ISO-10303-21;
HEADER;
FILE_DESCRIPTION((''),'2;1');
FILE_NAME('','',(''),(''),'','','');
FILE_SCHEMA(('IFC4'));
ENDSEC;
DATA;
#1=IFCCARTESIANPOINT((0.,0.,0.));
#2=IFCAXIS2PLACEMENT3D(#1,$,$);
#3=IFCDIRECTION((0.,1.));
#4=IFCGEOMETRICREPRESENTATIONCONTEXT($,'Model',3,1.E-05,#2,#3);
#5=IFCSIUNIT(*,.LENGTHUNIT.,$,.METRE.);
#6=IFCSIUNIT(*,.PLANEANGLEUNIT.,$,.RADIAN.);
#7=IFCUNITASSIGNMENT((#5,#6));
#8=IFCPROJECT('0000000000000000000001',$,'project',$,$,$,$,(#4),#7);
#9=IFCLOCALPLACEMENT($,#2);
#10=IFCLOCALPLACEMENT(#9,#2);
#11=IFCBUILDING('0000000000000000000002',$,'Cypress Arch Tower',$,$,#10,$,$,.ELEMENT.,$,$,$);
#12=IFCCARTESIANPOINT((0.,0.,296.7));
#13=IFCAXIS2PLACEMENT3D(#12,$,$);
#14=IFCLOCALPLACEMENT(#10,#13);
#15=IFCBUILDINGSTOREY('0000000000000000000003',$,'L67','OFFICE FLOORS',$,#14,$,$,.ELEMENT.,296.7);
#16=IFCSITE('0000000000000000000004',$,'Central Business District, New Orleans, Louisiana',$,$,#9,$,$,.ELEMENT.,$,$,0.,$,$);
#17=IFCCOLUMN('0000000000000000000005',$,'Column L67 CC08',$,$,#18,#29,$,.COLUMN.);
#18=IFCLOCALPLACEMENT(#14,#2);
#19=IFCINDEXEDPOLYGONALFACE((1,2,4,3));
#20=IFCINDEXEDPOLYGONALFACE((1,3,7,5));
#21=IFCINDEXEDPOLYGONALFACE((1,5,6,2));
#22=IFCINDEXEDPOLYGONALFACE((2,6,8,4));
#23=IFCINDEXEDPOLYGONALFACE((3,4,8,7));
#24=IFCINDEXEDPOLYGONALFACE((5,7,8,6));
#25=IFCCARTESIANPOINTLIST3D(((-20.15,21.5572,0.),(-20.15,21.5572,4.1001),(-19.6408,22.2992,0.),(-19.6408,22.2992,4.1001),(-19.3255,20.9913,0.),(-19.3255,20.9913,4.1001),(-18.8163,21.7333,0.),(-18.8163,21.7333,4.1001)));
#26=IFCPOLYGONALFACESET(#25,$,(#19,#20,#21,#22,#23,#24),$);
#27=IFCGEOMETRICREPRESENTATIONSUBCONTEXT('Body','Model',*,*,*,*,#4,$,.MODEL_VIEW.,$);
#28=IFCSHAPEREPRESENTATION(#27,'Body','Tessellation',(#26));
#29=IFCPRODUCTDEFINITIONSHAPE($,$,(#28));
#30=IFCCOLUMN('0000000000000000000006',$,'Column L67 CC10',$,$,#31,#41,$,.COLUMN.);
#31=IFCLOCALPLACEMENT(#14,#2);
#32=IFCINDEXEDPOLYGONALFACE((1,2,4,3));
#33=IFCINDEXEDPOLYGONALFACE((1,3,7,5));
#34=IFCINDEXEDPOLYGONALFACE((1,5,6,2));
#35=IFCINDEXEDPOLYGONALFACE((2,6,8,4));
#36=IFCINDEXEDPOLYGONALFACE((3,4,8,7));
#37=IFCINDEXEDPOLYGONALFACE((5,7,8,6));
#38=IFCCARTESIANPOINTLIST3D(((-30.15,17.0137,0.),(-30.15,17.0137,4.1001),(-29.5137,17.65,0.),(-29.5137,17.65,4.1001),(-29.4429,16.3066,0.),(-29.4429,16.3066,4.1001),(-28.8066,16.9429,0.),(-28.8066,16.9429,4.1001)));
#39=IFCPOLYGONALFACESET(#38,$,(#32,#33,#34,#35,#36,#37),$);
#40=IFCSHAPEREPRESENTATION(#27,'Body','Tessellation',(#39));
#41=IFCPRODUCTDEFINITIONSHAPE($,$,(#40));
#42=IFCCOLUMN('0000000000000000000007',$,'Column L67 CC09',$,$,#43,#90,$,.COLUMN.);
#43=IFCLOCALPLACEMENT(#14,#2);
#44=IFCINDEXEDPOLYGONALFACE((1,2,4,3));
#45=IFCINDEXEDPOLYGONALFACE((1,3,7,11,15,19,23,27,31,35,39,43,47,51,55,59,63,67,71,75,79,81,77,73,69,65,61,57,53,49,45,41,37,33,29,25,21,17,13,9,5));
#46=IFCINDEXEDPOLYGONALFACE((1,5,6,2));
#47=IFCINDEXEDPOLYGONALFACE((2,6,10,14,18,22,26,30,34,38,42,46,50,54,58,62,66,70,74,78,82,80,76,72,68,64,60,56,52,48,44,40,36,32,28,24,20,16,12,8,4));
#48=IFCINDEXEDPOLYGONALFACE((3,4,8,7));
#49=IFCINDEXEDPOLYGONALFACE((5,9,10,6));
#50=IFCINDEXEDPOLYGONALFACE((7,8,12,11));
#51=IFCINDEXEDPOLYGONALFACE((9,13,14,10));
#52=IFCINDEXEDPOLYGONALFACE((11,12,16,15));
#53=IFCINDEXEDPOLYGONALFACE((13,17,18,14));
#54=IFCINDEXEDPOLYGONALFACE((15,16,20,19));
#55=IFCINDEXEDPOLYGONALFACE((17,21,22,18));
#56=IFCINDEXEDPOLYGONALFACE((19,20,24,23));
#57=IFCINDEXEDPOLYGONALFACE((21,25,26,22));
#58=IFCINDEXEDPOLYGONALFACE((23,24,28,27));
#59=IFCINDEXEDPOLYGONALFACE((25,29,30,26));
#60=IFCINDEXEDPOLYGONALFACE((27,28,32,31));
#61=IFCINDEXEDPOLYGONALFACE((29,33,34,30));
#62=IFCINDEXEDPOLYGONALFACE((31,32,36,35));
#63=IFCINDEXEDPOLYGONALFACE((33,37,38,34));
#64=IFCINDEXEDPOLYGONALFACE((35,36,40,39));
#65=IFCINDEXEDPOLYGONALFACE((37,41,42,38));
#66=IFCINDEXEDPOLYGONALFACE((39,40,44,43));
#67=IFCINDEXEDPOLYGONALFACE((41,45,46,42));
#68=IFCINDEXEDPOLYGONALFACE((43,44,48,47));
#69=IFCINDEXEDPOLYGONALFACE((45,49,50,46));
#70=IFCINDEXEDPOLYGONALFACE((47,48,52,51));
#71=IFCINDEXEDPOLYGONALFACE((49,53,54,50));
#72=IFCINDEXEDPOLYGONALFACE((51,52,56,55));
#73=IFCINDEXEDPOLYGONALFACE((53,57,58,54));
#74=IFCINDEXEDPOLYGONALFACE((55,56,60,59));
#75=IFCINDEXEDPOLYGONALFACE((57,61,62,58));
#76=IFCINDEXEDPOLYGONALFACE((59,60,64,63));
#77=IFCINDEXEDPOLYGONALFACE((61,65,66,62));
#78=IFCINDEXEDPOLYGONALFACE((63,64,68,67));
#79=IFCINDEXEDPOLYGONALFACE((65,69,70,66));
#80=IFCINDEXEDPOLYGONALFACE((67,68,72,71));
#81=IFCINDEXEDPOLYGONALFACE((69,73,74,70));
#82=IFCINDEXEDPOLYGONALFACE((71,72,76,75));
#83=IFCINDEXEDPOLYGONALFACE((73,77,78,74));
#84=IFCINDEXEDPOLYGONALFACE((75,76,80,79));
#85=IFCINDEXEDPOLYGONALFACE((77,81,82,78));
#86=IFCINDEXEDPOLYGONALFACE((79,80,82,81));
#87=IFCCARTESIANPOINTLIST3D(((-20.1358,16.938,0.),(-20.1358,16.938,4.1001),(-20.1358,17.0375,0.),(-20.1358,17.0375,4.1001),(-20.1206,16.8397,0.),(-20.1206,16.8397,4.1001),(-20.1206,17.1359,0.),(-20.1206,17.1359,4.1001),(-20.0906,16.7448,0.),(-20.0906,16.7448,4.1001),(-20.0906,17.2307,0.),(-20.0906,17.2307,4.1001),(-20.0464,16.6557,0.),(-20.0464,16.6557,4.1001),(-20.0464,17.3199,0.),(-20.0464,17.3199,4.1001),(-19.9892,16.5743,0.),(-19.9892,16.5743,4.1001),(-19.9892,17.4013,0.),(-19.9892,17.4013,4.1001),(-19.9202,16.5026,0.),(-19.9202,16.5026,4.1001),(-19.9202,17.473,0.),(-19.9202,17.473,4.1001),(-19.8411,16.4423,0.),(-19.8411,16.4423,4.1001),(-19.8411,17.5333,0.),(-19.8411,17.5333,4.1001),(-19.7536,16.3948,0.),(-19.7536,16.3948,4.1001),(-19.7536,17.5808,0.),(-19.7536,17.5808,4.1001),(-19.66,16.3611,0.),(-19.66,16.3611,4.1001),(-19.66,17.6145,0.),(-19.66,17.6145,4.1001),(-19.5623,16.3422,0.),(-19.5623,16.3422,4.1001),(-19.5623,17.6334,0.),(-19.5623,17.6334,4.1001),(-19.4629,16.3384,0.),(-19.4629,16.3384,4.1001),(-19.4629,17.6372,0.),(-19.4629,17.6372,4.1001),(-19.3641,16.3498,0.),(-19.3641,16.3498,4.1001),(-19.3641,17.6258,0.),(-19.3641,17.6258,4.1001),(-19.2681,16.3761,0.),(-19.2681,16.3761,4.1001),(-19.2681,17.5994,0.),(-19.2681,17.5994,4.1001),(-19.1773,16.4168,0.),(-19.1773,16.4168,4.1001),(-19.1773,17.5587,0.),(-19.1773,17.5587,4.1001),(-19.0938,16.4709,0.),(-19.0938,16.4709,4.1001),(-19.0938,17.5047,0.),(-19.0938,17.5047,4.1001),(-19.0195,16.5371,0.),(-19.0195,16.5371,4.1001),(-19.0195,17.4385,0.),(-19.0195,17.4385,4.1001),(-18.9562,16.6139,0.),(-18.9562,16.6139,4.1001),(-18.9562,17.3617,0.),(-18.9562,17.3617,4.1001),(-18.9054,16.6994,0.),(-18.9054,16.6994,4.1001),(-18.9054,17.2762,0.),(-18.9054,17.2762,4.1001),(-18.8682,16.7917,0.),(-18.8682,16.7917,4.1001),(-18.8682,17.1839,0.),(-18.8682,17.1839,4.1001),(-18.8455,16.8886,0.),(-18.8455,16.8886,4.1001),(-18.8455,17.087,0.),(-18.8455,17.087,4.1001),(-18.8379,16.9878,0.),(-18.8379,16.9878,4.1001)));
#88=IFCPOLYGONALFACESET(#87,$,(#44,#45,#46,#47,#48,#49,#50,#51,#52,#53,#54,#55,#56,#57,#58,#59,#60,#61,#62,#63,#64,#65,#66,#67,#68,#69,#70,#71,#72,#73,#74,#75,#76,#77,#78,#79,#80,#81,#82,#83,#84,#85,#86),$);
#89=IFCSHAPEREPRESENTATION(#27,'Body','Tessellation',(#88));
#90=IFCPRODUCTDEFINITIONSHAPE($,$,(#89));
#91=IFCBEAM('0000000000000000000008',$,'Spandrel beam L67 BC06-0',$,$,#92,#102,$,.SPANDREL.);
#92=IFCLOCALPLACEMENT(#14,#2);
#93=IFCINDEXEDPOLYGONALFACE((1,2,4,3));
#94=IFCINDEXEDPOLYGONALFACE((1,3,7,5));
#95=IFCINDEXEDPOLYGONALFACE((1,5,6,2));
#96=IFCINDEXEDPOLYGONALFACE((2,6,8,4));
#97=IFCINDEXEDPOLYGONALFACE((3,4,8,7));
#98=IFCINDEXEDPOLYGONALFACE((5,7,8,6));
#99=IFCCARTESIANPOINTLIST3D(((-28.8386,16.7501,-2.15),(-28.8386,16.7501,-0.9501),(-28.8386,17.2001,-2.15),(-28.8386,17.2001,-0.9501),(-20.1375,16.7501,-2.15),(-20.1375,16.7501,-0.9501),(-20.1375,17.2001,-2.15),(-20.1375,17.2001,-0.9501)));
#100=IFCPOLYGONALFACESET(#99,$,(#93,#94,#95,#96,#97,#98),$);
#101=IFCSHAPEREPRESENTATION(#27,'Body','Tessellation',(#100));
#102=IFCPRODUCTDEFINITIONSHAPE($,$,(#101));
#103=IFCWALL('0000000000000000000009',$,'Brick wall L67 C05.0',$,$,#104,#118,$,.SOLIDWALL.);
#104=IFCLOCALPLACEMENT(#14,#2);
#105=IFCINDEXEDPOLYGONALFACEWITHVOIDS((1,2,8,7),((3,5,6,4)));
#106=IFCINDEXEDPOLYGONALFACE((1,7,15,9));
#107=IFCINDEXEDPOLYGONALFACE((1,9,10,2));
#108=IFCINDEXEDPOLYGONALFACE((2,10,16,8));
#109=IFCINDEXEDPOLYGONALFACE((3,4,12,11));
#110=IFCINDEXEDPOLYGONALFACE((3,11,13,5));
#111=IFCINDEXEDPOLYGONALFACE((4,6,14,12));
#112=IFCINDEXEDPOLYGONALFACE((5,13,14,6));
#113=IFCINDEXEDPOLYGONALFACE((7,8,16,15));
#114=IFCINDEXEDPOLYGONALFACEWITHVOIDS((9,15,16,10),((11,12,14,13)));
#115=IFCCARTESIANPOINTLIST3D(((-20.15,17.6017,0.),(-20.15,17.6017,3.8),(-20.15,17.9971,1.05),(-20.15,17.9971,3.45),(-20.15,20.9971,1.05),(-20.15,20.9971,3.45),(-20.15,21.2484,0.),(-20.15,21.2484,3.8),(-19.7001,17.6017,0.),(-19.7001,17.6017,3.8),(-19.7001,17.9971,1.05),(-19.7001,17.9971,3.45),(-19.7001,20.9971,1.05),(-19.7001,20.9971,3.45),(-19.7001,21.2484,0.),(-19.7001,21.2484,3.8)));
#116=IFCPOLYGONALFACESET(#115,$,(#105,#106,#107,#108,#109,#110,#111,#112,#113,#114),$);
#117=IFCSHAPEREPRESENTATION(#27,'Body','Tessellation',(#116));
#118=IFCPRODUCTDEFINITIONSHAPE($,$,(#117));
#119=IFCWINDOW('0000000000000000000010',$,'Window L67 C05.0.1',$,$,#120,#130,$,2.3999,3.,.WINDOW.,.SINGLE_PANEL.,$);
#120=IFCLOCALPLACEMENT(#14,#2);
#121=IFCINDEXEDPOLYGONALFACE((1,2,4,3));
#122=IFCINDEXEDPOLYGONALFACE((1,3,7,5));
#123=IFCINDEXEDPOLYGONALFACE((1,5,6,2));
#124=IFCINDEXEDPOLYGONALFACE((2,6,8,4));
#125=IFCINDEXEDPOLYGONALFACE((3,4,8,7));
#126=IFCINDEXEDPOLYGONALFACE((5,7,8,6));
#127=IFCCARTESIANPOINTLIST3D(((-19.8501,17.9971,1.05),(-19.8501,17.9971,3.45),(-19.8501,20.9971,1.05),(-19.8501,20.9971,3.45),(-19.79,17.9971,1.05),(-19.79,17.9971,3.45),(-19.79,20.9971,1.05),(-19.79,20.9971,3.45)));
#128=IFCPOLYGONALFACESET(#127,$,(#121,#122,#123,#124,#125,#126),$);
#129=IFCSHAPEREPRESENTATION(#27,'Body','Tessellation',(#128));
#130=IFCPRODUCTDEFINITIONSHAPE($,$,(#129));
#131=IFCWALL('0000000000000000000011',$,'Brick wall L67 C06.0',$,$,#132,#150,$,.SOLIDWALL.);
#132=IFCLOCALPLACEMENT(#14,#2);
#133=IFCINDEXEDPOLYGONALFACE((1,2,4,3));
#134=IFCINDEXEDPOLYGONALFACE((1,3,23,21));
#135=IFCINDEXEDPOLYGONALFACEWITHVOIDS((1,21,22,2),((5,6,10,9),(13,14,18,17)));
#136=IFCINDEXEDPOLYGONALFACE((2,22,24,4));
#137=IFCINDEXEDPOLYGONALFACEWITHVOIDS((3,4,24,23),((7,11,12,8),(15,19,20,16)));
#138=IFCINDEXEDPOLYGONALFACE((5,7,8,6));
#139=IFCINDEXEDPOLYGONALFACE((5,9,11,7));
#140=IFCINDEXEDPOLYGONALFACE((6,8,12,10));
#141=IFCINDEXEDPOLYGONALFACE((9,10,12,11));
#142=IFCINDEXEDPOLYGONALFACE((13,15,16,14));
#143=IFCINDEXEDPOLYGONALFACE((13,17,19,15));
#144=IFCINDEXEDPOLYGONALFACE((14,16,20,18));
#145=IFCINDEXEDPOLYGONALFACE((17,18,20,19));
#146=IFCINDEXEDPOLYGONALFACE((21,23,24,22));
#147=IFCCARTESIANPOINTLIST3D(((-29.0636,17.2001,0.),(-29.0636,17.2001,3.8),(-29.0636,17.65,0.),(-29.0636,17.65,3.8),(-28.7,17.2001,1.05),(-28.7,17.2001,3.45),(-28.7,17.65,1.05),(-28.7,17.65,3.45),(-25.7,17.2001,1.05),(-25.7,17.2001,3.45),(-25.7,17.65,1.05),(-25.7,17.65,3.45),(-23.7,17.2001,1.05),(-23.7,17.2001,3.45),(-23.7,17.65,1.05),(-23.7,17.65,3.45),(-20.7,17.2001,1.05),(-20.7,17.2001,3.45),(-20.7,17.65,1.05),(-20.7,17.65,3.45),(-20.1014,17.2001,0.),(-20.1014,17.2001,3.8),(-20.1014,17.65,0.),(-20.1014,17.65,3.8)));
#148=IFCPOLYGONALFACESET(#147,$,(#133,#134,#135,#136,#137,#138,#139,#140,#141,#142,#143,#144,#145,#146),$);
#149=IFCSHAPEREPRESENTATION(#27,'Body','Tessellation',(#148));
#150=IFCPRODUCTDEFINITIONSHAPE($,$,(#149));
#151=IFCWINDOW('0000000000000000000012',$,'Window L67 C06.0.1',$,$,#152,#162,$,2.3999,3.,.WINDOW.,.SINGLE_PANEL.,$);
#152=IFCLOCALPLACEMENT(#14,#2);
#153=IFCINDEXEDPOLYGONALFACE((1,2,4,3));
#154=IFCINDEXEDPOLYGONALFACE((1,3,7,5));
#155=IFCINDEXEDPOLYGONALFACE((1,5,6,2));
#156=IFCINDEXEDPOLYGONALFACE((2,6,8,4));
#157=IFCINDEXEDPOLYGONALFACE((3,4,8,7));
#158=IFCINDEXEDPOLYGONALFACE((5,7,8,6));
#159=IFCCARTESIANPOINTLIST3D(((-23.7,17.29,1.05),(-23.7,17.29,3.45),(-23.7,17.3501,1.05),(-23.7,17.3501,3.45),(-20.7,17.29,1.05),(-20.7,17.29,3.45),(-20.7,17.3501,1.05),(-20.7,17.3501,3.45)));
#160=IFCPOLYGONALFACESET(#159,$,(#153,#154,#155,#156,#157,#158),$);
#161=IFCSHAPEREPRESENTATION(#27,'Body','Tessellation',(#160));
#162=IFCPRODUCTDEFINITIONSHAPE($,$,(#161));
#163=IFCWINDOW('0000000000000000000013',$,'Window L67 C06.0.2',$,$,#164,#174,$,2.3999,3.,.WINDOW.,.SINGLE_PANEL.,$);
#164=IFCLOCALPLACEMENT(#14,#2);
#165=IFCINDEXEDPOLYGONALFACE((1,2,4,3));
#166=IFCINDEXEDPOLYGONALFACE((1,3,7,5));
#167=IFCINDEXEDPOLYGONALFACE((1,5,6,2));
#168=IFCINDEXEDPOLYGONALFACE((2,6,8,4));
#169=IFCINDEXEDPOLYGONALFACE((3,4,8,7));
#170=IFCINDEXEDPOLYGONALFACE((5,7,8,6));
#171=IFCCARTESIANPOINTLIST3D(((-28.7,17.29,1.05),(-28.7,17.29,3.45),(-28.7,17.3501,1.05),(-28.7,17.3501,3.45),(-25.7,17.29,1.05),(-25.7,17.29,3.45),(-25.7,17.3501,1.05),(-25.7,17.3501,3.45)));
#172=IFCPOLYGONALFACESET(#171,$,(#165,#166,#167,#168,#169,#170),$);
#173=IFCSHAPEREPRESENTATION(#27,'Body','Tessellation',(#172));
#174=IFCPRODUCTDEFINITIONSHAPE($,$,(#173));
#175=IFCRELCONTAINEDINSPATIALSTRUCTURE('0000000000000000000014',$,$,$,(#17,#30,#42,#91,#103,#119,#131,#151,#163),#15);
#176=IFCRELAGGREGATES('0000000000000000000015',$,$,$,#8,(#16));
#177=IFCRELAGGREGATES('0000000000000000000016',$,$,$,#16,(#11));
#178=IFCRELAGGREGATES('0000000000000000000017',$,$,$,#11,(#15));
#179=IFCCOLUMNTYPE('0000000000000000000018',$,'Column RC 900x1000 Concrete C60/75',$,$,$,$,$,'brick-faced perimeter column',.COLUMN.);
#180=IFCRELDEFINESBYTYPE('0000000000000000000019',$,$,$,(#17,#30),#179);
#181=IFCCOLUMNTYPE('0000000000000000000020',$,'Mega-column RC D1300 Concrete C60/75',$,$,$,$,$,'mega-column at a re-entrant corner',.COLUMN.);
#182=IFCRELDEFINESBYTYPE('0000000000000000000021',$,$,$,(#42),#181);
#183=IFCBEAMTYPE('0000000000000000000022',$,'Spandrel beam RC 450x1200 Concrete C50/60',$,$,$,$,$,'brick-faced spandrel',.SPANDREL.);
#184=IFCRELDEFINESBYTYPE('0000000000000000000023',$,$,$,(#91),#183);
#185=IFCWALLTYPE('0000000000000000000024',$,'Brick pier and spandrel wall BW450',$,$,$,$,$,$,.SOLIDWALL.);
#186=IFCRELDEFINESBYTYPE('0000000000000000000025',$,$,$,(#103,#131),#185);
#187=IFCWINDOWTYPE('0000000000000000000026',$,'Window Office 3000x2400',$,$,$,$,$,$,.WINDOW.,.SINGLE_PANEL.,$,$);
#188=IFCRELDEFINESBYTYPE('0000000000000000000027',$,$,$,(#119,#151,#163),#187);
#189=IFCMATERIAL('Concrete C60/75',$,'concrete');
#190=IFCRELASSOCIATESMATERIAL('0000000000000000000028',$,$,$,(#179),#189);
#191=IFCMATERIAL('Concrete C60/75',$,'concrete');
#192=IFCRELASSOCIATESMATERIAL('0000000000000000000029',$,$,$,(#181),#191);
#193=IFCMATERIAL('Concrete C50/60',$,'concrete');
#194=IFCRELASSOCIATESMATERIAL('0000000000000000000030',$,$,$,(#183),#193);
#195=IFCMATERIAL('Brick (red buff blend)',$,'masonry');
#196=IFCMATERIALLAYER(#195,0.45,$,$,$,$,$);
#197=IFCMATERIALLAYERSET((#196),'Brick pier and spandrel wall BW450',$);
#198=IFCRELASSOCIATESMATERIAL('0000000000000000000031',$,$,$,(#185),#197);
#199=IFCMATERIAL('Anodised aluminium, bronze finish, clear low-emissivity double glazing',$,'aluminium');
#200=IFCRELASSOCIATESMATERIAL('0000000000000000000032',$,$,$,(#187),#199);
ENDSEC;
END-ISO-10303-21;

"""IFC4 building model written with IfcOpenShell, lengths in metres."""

from ifc_helpers import new_model, si_unit, direction, frame, frame_2d, origin, origin_2d, place, context, subcontext, project, spatial, rectangle, circle, extrude, material, layer, layer_set, material_profile, profile_set, type_object, element, fill, save


model = new_model("IFC4")

# Units and contexts
model_context = context("Model", 3, precision=1e-05, world=origin(), true_north=direction((0.0, 1.0)))
body_context = subcontext(model_context, "Body", "Model", "MODEL_VIEW")
ifc_project = project(units=[si_unit("LENGTHUNIT", "METRE"), si_unit("PLANEANGLEUNIT", "RADIAN")], contexts=[model_context])

# Site, building, storey
site_placement = place(None, origin())
site = spatial("IfcSite", under=ifc_project, at=site_placement, Name="Central Business District, New Orleans, Louisiana", CompositionType="ELEMENT", RefElevation=0.0)
building_placement = place(site_placement, origin())
building = spatial("IfcBuilding", under=site, at=building_placement, Name="Cypress Arch Tower", CompositionType="ELEMENT")
storey_placement = place(building_placement, frame((0.0, 0.0, 296.7)))
storey = spatial("IfcBuildingStorey", under=building, at=storey_placement, Name="L67", Description="OFFICE FLOORS", CompositionType="ELEMENT", Elevation=296.7)

# Columns
ifc_material_1 = material(Name="Concrete C60/75", Category="concrete")
ifc_material_profile_1 = material_profile(ifc_material_1, rectangle(XDim=0.8999, YDim=1.0, at=origin_2d()), Name="RC 900x1000")
ifc_profile_set_1 = profile_set([ifc_material_profile_1], Name="Concrete C60/75")
column_type_1 = type_object("IfcColumnType", Name="Column RC 900x1000 Concrete C60/75", ElementType="brick-faced perimeter column", PredefinedType="COLUMN", material=ifc_profile_set_1)
for number, where, z_axis, x_axis, name in (
    (1, (-19.4832, 21.6453, 0.0), (0.0, 0.0, 1.0), (-0.565893, -0.824479, 0.0), "Column L67 CC08"),
    (2, (-29.4783, 16.9783, 0.0), (0.0, 0.0, 1.0), (-0.707107, -0.707107, 0.0), "Column L67 CC10"),
):
    element("IfcColumn", number, at=place(storey_placement, frame(where, z_axis=z_axis, x_axis=x_axis)), inside=storey, type_object=column_type_1, Name=name, PredefinedType="COLUMN", context=body_context, shape_type="SweptSolid", body=[
        extrude(rectangle(XDim=0.8999, YDim=1.0, at=origin_2d()), origin(), (0.0, 0.0, 1.0), 4.1001),
    ])
ifc_material_2 = material(Name="Concrete C60/75", Category="concrete")
ifc_material_profile_2 = material_profile(ifc_material_2, circle(Radius=0.6499, at=origin_2d()), Name="RC D1300")
ifc_profile_set_2 = profile_set([ifc_material_profile_2], Name="Concrete C60/75")
column_type_2 = type_object("IfcColumnType", Name="Mega-column RC D1300 Concrete C60/75", ElementType="mega-column at a re-entrant corner", PredefinedType="COLUMN", material=ifc_profile_set_2)
column_placement = place(storey_placement, frame((-19.4878, 16.9878, 0.0), z_axis=(0.0, 0.0, 1.0), x_axis=(1.0, 0.0, 0.0)))
element("IfcColumn", 3, at=column_placement, inside=storey, type_object=column_type_2, Name="Column L67 CC09", PredefinedType="COLUMN", context=body_context, shape_type="SweptSolid", body=[
    extrude(circle(Radius=0.6499, at=origin_2d()), origin(), (0.0, 0.0, 1.0), 4.1001),
])

# Beam
ifc_material_3 = material(Name="Concrete C50/60", Category="concrete")
ifc_material_profile_3 = material_profile(ifc_material_3, rectangle(XDim=0.45, YDim=1.2, at=origin_2d()), Name="RC 450x1200")
ifc_profile_set_3 = profile_set([ifc_material_profile_3], Name="Concrete C50/60")
beam_type = type_object("IfcBeamType", Name="Spandrel beam RC 450x1200 Concrete C50/60", ElementType="brick-faced spandrel", PredefinedType="SPANDREL", material=ifc_profile_set_3)
beam_placement = place(storey_placement, frame((-20.1375, 16.9751, -1.55), z_axis=(-1.0, 0.0, 0.0), x_axis=(0.0, -1.0, 0.0)))
element("IfcBeam", 4, at=beam_placement, inside=storey, type_object=beam_type, Name="Spandrel beam L67 BC06-0", PredefinedType="SPANDREL", context=body_context, shape_type="SweptSolid", body=[
    extrude(rectangle(XDim=0.45, YDim=1.2, at=origin_2d()), origin(), (0.0, 0.0, 1.0), 8.7012),
])

# Wall, opening, window
ifc_material_4 = material(Name="Brick (red buff blend)", Category="masonry")
ifc_layer_1 = layer(ifc_material_4, 0.45)
ifc_layer_set_1 = layer_set([ifc_layer_1], Name="Brick pier and spandrel wall BW450")
wall_type_1 = type_object("IfcWallType", Name="Brick pier and spandrel wall BW450", PredefinedType="SOLIDWALL", material=ifc_layer_set_1)
wall_1_placement = place(storey_placement, frame((-19.925, 21.2483, 0.0), z_axis=(0.0, 0.0, 1.0), x_axis=(0.0, -1.0, 0.0)))
wall_1 = element("IfcWall", 5, at=wall_1_placement, inside=storey, type_object=wall_type_1, Name="Brick wall L67 C05.0", PredefinedType="SOLIDWALL", context=body_context, shape_type="SweptSolid", body=[
    extrude(rectangle(XDim=3.6467, YDim=0.45, at=frame_2d((1.8232, 0.0))), origin(), (0.0, 0.0, 1.0), 3.8),
])
opening_1_placement = place(wall_1_placement, frame((0.2512, 0.0, 1.05)))
opening_1 = element("IfcOpeningElement", 6, at=opening_1_placement, cuts=wall_1, PredefinedType="OPENING", context=body_context, shape_type="SweptSolid", body=[
    extrude(rectangle(XDim=3.0, YDim=2.3999, at=frame_2d((1.5, 1.2))), frame((0.0, 0.2349, 0.0), z_axis=(0.0, -1.0, 0.0), x_axis=(1.0, 0.0, 0.0)), (0.0, 0.0, 1.0), 0.47),
])
ifc_material_5 = material(Name="Anodised aluminium, bronze finish, clear low-emissivity double glazing", Category="aluminium")
window_type = type_object("IfcWindowType", Name="Window Office 3000x2400", PartitioningType="SINGLE_PANEL", PredefinedType="WINDOW", material=ifc_material_5)
window_1_placement = place(opening_1_placement, origin())
window_1 = element("IfcWindow", 7, at=window_1_placement, inside=storey, type_object=window_type, Name="Window L67 C05.0.1", OverallHeight=2.3999, OverallWidth=3.0, PartitioningType="SINGLE_PANEL", PredefinedType="WINDOW", context=body_context, shape_type="SweptSolid", body=[
    extrude(rectangle(XDim=3.0, YDim=2.3999, at=frame_2d((1.5, 1.2))), frame((0.0, 0.135, 0.0), z_axis=(0.0, -1.0, 0.0), x_axis=(1.0, 0.0, 0.0)), (0.0, 0.0, 1.0), 0.0601),
])
fill(opening_1, window_1)

# Wall, openings, windows
wall_2_placement = place(storey_placement, frame((-20.1016, 17.425, 0.0), z_axis=(0.0, 0.0, 1.0), x_axis=(-1.0, 0.0, 0.0)))
wall_2 = element("IfcWall", 8, at=wall_2_placement, inside=storey, type_object=wall_type_1, Name="Brick wall L67 C06.0", PredefinedType="SOLIDWALL", context=body_context, shape_type="SweptSolid", body=[
    extrude(rectangle(XDim=8.9622, YDim=0.45, at=frame_2d((4.481, 0.0))), origin(), (0.0, 0.0, 1.0), 3.8),
])
opening_2_placement = place(wall_2_placement, frame((0.5984, 0.0, 1.05)))
opening_2 = element("IfcOpeningElement", 9, at=opening_2_placement, cuts=wall_2, PredefinedType="OPENING", context=body_context, shape_type="SweptSolid", body=[
    extrude(rectangle(XDim=3.0, YDim=2.3999, at=frame_2d((1.5, 1.2))), frame((0.0, 0.2349, 0.0), z_axis=(0.0, -1.0, 0.0), x_axis=(1.0, 0.0, 0.0)), (0.0, 0.0, 1.0), 0.47),
])
opening_3_placement = place(wall_2_placement, frame((5.5984, 0.0, 1.05)))
opening_3 = element("IfcOpeningElement", 10, at=opening_3_placement, cuts=wall_2, PredefinedType="OPENING", context=body_context, shape_type="SweptSolid", body=[
    extrude(rectangle(XDim=3.0, YDim=2.3999, at=frame_2d((1.5, 1.2))), frame((0.0, 0.2349, 0.0), z_axis=(0.0, -1.0, 0.0), x_axis=(1.0, 0.0, 0.0)), (0.0, 0.0, 1.0), 0.47),
])
window_2_placement = place(opening_2_placement, origin())
window_2 = element("IfcWindow", 11, at=window_2_placement, inside=storey, type_object=window_type, Name="Window L67 C06.0.1", OverallHeight=2.3999, OverallWidth=3.0, PartitioningType="SINGLE_PANEL", PredefinedType="WINDOW", context=body_context, shape_type="SweptSolid", body=[
    extrude(rectangle(XDim=3.0, YDim=2.3999, at=frame_2d((1.5, 1.2))), frame((0.0, 0.135, 0.0), z_axis=(0.0, -1.0, 0.0), x_axis=(1.0, 0.0, 0.0)), (0.0, 0.0, 1.0), 0.0601),
])
fill(opening_2, window_2)
window_3_placement = place(opening_3_placement, origin())
window_3 = element("IfcWindow", 12, at=window_3_placement, inside=storey, type_object=window_type, Name="Window L67 C06.0.2", OverallHeight=2.3999, OverallWidth=3.0, PartitioningType="SINGLE_PANEL", PredefinedType="WINDOW", context=body_context, shape_type="SweptSolid", body=[
    extrude(rectangle(XDim=3.0, YDim=2.3999, at=frame_2d((1.5, 1.2))), frame((0.0, 0.135, 0.0), z_axis=(0.0, -1.0, 0.0), x_axis=(1.0, 0.0, 0.0)), (0.0, 0.0, 1.0), 0.0601),
])
fill(opening_3, window_3)

save(model, "model.ifc")
